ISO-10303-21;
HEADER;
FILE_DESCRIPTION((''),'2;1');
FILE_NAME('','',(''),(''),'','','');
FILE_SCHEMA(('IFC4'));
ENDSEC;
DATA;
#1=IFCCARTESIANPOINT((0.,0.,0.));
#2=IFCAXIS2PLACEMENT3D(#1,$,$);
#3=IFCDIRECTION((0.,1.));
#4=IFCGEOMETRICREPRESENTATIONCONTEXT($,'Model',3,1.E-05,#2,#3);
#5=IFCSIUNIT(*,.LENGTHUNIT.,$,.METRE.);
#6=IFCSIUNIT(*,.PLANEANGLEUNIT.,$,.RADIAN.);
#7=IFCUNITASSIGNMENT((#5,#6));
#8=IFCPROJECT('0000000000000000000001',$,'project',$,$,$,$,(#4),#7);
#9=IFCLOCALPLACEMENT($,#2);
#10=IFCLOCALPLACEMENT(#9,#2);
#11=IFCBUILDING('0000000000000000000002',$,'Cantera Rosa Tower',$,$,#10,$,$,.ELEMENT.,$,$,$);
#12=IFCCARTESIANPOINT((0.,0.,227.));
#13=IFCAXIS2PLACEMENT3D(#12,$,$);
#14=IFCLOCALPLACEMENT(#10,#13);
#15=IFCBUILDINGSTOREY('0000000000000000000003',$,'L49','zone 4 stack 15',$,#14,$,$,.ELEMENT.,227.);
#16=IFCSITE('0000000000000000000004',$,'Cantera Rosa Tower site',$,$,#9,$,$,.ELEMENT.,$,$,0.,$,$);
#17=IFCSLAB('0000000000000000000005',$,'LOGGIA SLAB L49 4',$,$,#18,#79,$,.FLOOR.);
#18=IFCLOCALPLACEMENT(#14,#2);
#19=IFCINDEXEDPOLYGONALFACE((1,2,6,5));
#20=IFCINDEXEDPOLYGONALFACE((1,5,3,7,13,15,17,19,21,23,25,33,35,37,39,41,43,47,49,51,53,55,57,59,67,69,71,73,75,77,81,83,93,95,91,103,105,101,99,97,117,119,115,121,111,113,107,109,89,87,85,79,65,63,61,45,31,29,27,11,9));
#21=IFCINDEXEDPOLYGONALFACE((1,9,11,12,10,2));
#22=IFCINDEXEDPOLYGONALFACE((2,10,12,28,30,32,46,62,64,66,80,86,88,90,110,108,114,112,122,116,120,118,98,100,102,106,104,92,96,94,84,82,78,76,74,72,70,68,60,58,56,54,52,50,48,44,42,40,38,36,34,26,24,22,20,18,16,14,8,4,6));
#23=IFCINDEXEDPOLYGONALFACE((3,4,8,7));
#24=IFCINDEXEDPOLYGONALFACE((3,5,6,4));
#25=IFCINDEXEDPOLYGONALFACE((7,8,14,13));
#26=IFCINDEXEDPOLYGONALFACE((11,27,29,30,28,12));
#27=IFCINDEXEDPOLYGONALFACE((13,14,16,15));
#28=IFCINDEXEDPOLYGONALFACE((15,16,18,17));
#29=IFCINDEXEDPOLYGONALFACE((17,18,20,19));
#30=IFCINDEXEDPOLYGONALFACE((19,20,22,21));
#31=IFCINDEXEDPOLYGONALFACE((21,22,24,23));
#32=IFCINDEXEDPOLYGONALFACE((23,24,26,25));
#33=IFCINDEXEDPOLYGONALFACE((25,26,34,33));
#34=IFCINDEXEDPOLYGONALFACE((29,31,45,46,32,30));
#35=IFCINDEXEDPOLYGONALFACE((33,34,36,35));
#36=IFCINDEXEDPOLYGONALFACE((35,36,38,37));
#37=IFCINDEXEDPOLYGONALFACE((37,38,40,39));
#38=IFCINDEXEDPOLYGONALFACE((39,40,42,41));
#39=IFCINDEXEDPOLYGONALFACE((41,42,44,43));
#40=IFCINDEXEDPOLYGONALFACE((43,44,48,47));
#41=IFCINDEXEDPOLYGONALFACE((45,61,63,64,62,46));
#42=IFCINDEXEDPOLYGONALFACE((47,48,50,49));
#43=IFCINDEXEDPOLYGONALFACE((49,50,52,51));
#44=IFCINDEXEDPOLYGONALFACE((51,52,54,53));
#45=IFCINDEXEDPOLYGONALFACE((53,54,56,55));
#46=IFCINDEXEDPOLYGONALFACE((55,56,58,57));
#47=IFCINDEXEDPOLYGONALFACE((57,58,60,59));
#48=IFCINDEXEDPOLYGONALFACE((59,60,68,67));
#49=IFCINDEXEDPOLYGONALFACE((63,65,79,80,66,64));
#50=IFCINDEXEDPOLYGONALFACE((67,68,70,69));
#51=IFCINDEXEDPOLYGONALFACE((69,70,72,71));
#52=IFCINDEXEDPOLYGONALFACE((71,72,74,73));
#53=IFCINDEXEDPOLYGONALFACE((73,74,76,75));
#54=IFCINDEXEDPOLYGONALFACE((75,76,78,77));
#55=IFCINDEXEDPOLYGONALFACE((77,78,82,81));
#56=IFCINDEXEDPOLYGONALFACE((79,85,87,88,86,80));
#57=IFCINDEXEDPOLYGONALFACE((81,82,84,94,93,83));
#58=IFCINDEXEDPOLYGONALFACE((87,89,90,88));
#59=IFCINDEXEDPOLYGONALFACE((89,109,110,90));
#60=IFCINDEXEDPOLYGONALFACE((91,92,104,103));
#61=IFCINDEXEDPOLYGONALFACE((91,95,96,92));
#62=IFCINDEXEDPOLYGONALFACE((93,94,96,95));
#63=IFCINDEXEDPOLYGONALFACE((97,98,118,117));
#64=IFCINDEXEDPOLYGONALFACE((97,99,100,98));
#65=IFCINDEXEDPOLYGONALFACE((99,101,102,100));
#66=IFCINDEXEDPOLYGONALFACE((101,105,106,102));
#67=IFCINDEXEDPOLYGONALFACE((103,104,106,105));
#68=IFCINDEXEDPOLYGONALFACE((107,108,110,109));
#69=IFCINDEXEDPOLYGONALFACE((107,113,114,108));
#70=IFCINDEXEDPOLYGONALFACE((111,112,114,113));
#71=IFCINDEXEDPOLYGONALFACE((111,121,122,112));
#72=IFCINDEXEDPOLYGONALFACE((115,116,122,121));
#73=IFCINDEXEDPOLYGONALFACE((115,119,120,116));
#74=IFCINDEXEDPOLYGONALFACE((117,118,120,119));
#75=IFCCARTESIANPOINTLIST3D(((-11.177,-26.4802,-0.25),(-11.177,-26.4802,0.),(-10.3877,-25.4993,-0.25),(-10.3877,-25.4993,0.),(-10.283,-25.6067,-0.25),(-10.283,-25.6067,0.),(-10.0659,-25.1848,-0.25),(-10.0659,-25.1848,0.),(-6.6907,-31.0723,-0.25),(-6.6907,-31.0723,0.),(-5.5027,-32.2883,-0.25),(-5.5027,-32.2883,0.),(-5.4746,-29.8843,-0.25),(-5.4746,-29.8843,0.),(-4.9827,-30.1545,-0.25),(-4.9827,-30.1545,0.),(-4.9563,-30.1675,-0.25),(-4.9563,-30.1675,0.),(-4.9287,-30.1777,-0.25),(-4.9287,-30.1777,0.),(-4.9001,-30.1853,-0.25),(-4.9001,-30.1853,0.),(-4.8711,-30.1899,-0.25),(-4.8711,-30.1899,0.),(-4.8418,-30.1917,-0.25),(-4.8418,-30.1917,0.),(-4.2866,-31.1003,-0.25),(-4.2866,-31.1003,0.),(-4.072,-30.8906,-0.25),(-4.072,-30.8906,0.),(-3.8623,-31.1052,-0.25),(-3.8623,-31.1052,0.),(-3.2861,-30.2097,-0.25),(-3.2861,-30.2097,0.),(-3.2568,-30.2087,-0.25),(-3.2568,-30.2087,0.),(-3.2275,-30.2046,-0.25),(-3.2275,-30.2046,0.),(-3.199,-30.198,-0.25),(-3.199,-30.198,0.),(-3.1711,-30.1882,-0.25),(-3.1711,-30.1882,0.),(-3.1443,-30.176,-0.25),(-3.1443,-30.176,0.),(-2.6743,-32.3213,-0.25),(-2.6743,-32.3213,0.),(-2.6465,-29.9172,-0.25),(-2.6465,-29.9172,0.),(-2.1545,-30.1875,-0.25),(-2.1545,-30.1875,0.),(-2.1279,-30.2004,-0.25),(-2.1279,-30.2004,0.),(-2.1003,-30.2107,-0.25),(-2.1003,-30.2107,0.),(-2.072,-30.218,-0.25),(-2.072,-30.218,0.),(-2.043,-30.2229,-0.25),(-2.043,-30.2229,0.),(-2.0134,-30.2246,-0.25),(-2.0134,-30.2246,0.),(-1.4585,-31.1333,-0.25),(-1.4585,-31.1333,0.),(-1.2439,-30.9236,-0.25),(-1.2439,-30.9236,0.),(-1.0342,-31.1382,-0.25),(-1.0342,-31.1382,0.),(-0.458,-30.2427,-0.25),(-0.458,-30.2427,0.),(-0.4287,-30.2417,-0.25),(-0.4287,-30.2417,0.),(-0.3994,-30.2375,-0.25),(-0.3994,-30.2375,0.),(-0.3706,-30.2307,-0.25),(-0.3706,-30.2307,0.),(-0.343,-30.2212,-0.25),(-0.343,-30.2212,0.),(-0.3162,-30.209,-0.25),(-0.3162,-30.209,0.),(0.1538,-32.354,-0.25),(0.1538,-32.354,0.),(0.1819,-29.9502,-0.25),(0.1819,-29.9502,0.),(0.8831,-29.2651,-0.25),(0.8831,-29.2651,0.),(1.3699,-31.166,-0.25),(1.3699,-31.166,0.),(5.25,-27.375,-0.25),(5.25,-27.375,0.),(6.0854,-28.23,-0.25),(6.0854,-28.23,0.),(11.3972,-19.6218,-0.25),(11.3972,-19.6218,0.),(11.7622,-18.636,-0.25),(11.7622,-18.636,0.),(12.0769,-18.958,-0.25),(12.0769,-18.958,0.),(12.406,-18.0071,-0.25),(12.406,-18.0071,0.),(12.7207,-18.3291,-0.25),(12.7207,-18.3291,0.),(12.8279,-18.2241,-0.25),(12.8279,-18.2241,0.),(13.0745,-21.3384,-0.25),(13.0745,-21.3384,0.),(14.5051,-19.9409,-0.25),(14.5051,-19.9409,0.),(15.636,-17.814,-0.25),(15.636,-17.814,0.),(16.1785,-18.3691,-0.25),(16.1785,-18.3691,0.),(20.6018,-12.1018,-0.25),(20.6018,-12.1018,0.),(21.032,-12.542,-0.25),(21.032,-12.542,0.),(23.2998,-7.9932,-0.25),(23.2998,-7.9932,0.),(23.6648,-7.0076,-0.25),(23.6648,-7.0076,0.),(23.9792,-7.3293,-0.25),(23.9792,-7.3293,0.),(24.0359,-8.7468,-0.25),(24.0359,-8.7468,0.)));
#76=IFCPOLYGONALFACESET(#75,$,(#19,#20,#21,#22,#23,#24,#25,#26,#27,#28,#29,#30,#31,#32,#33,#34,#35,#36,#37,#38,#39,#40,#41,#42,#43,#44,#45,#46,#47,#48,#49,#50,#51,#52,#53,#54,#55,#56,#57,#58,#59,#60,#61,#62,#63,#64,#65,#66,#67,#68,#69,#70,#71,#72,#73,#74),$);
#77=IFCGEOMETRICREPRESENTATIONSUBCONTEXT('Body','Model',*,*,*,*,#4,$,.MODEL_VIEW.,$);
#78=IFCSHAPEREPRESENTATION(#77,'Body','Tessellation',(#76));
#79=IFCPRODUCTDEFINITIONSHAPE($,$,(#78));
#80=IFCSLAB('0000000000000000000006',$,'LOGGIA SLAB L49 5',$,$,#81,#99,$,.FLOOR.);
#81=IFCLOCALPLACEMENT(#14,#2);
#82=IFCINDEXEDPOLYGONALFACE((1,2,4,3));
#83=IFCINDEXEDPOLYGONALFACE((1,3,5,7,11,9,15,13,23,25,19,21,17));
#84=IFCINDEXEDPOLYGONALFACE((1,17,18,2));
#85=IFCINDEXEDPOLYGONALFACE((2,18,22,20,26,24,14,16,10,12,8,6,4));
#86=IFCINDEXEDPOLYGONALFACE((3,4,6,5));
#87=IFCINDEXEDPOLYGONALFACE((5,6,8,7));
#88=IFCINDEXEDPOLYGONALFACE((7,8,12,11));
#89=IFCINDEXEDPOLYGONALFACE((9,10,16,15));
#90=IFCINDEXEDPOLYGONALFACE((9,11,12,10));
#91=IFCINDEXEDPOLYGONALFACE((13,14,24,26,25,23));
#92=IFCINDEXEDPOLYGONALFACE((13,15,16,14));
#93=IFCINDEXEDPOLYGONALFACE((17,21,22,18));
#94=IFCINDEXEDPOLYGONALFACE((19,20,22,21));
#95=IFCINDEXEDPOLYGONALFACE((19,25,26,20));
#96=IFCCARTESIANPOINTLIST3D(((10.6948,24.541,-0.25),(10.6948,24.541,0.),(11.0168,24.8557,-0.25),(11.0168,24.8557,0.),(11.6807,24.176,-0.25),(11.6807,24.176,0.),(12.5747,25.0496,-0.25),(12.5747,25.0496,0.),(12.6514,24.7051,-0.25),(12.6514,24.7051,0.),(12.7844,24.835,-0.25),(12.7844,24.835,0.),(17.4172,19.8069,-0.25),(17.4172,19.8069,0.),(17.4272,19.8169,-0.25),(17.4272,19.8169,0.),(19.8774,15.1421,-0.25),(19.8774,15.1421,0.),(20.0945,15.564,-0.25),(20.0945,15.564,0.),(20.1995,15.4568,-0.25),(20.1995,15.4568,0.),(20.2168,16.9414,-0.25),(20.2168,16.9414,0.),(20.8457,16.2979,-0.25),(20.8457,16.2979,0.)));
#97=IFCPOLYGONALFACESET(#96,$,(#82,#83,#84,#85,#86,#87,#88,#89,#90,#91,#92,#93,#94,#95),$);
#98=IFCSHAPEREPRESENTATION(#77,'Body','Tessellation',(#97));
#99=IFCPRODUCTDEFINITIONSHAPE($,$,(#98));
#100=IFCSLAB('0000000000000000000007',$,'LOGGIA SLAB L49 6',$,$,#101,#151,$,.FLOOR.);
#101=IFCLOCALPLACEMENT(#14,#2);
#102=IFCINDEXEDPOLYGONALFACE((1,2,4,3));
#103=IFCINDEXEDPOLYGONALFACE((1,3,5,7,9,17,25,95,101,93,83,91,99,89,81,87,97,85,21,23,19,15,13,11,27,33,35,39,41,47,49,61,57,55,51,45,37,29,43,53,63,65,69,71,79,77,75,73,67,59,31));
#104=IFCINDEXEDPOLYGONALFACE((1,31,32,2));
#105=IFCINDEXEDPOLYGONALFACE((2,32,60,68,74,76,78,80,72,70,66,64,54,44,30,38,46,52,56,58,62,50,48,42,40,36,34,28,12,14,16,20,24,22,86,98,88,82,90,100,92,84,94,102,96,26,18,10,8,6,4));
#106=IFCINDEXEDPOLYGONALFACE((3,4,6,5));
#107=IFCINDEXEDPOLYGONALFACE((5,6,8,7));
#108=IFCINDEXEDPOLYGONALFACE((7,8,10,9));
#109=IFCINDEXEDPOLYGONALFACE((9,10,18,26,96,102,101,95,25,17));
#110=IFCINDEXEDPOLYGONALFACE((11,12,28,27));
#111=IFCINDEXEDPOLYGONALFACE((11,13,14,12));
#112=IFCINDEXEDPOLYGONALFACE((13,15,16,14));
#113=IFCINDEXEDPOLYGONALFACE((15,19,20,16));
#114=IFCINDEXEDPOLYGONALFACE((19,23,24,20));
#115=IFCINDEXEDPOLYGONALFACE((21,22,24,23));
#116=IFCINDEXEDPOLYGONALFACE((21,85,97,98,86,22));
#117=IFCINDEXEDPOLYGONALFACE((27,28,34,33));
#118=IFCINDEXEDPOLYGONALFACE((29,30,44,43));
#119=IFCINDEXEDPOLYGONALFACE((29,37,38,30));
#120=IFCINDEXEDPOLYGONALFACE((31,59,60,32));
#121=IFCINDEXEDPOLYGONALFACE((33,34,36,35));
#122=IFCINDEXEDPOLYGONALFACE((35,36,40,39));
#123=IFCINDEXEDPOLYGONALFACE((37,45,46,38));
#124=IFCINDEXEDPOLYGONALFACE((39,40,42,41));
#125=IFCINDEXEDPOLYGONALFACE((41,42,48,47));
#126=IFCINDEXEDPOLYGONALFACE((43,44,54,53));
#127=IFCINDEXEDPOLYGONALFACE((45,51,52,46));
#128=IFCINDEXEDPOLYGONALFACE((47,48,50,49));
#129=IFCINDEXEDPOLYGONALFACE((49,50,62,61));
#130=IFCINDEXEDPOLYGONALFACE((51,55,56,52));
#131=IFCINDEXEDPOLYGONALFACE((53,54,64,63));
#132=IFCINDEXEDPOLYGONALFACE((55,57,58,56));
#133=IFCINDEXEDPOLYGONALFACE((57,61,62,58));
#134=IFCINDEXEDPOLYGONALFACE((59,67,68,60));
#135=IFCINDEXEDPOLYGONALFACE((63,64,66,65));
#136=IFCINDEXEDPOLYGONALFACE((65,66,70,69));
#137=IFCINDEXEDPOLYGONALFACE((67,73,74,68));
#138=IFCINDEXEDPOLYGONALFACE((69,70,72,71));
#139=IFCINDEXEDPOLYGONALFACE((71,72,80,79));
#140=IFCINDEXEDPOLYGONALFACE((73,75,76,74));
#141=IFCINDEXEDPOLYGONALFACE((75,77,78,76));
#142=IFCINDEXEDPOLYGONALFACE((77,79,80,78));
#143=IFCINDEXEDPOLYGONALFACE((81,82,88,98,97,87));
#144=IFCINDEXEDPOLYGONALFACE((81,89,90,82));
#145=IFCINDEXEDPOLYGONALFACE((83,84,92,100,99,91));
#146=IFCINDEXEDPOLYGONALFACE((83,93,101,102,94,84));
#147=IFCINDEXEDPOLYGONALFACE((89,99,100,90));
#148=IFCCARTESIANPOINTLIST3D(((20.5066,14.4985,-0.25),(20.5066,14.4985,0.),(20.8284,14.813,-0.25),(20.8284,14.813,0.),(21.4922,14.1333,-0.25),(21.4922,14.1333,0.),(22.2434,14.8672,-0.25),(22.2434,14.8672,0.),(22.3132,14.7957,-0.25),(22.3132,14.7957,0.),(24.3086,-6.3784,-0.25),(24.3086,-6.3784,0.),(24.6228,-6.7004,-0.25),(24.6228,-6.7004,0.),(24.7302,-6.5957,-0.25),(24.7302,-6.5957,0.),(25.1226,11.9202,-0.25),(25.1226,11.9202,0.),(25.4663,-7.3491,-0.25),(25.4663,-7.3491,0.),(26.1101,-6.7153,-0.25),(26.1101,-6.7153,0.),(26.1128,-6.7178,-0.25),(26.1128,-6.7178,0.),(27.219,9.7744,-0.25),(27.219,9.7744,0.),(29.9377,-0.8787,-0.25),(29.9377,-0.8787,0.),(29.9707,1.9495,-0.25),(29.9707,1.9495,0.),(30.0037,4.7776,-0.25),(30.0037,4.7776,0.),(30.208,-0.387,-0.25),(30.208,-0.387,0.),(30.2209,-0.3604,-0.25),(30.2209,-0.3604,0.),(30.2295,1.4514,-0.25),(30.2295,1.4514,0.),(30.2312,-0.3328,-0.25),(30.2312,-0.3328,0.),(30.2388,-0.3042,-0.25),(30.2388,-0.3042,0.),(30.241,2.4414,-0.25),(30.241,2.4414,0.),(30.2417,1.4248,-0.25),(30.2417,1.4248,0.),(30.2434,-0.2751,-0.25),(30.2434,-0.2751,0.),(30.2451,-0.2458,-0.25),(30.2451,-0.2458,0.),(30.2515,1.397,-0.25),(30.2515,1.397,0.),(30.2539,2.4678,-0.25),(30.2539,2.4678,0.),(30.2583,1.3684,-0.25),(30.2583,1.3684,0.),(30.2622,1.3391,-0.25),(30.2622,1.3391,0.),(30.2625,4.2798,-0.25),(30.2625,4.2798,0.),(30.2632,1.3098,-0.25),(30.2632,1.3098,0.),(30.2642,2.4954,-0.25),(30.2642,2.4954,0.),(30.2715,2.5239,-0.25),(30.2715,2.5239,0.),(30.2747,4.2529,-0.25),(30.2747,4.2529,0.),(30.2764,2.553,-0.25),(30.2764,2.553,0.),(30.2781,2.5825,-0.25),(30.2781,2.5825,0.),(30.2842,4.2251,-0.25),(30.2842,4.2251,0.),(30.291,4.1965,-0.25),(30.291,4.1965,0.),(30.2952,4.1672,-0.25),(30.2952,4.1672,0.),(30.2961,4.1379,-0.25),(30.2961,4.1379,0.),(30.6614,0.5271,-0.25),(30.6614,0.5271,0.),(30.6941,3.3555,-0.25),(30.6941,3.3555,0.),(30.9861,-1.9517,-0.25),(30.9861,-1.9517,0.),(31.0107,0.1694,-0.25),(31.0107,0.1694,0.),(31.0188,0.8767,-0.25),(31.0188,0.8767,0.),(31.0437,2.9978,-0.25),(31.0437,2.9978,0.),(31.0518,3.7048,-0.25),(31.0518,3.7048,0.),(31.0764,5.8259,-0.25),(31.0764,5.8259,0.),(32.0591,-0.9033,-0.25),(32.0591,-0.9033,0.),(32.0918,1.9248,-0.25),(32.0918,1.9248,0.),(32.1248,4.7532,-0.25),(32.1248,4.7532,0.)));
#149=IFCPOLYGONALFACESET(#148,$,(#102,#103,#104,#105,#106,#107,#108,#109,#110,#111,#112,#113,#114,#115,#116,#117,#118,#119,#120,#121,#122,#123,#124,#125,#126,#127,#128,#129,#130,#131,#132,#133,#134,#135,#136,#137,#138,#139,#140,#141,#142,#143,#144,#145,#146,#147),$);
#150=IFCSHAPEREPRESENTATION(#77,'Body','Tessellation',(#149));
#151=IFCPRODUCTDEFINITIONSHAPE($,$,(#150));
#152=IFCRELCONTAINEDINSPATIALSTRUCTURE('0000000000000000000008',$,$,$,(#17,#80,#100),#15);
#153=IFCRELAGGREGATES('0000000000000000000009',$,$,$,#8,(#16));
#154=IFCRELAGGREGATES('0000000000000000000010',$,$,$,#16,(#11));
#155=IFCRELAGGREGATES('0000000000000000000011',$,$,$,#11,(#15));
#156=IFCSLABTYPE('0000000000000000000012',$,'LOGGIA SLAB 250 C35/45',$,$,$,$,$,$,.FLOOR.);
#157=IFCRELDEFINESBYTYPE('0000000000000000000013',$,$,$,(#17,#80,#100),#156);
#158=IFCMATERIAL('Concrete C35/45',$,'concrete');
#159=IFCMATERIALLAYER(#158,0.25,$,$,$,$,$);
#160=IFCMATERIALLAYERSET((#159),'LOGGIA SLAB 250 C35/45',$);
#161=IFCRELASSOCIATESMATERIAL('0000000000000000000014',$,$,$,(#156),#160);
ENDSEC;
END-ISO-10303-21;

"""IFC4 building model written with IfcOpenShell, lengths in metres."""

from ifc_helpers import new_model, si_unit, direction, frame, origin, place, context, subcontext, project, spatial, polyline, outline, extrude, material, layer, layer_set, type_object, element, save


model = new_model("IFC4")

# Units and contexts
model_context = context("Model", 3, precision=1e-05, world=origin(), true_north=direction((0.0, 1.0)))
body_context = subcontext(model_context, "Body", "Model", "MODEL_VIEW")
ifc_project = project(units=[si_unit("LENGTHUNIT", "METRE"), si_unit("PLANEANGLEUNIT", "RADIAN")], contexts=[model_context])

# Site, building, storey
site_placement = place(None, origin())
site = spatial("IfcSite", under=ifc_project, at=site_placement, Name="Cantera Rosa Tower site", CompositionType="ELEMENT", RefElevation=0.0)
building_placement = place(site_placement, origin())
building = spatial("IfcBuilding", under=site, at=building_placement, Name="Cantera Rosa Tower", CompositionType="ELEMENT")
storey_placement = place(building_placement, frame((0.0, 0.0, 227.0)))
storey = spatial("IfcBuildingStorey", under=building, at=storey_placement, Name="L49", Description="zone 4 stack 15", CompositionType="ELEMENT", Elevation=227.0)

# Slabs
ifc_material_1 = material(Name="Concrete C35/45", Category="concrete")
ifc_layer_1 = layer(ifc_material_1, 0.25)
ifc_layer_set_1 = layer_set([ifc_layer_1], Name="LOGGIA SLAB 250 C35/45")
slab_type_1 = type_object("IfcSlabType", Name="LOGGIA SLAB 250 C35/45", PredefinedType="FLOOR", material=ifc_layer_set_1)
slab_1_placement = place(storey_placement, frame((0.0, 0.0, -0.25)))
element("IfcSlab", 1, at=slab_1_placement, inside=storey, type_object=slab_type_1, Name="LOGGIA SLAB L49 4", PredefinedType="FLOOR", context=body_context, shape_type="SweptSolid", body=[
    extrude(outline(polyline([(-1.2439, -30.9236), (-1.4585, -31.1333), (-2.6743, -32.3213), (-3.8623, -31.1052), (-4.072, -30.8906), (-4.2866, -31.1003), (-5.5027, -32.2883), (-6.6907, -31.0723), (-11.177, -26.4802), (-10.283, -25.6067), (-10.3877, -25.4993), (-10.0659, -25.1848), (-5.4746, -29.8843), (-4.9827, -30.1545), (-4.9563, -30.1675), (-4.9287, -30.1777), (-4.9001, -30.1853), (-4.8711, -30.1899), (-4.8418, -30.1917), (-3.2861, -30.2097), (-3.2568, -30.2087), (-3.2275, -30.2046), (-3.199, -30.198), (-3.1711, -30.1882), (-3.1443, -30.176), (-2.6465, -29.9172), (-2.1545, -30.1875), (-2.1279, -30.2004), (-2.1003, -30.2107), (-2.072, -30.218), (-2.043, -30.2229), (-2.0134, -30.2246), (-0.458, -30.2427), (-0.4287, -30.2417), (-0.3994, -30.2375), (-0.3706, -30.2307), (-0.343, -30.2212), (-0.3162, -30.209), (0.1819, -29.9502), (0.8831, -29.2651), (11.7622, -18.636), (12.0769, -18.958), (11.3972, -19.6218), (13.0745, -21.3384), (14.5051, -19.9409), (12.8279, -18.2241), (12.7207, -18.3291), (12.406, -18.0071), (23.6648, -7.0076), (23.9792, -7.3293), (23.2998, -7.9932), (24.0359, -8.7468), (20.6018, -12.1018), (21.032, -12.542), (15.636, -17.814), (16.1785, -18.3691), (6.0854, -28.23), (5.25, -27.375), (1.3699, -31.166), (0.1538, -32.354), (-1.0342, -31.1382), (-1.2439, -30.9236)])), origin(), (0.0, 0.0, 1.0), 0.25),
])
slab_2_placement = place(storey_placement, frame((0.0, 0.0, -0.25)))
element("IfcSlab", 2, at=slab_2_placement, inside=storey, type_object=slab_type_1, Name="LOGGIA SLAB L49 5", PredefinedType="FLOOR", context=body_context, shape_type="SweptSolid", body=[
    extrude(outline(polyline([(20.8457, 16.2979), (20.0945, 15.564), (20.1995, 15.4568), (19.8774, 15.1421), (10.6948, 24.541), (11.0168, 24.8557), (11.6807, 24.176), (12.5747, 25.0496), (12.7844, 24.835), (12.6514, 24.7051), (17.4272, 19.8169), (17.4172, 19.8069), (20.2168, 16.9414), (20.8457, 16.2979)])), origin(), (0.0, 0.0, 1.0), 0.25),
])
slab_3_placement = place(storey_placement, frame((0.0, 0.0, -0.25)))
element("IfcSlab", 3, at=slab_3_placement, inside=storey, type_object=slab_type_1, Name="LOGGIA SLAB L49 6", PredefinedType="FLOOR", context=body_context, shape_type="SweptSolid", body=[
    extrude(outline(polyline([(32.1248, 4.7532), (31.0518, 3.7048), (30.6941, 3.3555), (31.0437, 2.9978), (32.0918, 1.9248), (31.0188, 0.8767), (30.6614, 0.5271), (31.0107, 0.1694), (32.0591, -0.9033), (30.9861, -1.9517), (26.1101, -6.7153), (26.1128, -6.7178), (25.4663, -7.3491), (24.7302, -6.5957), (24.6228, -6.7004), (24.3086, -6.3784), (29.9377, -0.8787), (30.208, -0.387), (30.2209, -0.3604), (30.2312, -0.3328), (30.2388, -0.3042), (30.2434, -0.2751), (30.2451, -0.2458), (30.2632, 1.3098), (30.2622, 1.3391), (30.2583, 1.3684), (30.2515, 1.397), (30.2417, 1.4248), (30.2295, 1.4514), (29.9707, 1.9495), (30.241, 2.4414), (30.2539, 2.4678), (30.2642, 2.4954), (30.2715, 2.5239), (30.2764, 2.553), (30.2781, 2.5825), (30.2961, 4.1379), (30.2952, 4.1672), (30.291, 4.1965), (30.2842, 4.2251), (30.2747, 4.2529), (30.2625, 4.2798), (30.0037, 4.7776), (20.5066, 14.4985), (20.8284, 14.813), (21.4922, 14.1333), (22.2434, 14.8672), (22.3132, 14.7957), (25.1226, 11.9202), (27.219, 9.7744), (31.0764, 5.8259), (32.1248, 4.7532)])), origin(), (0.0, 0.0, 1.0), 0.25),
])

save(model, "model.ifc")
